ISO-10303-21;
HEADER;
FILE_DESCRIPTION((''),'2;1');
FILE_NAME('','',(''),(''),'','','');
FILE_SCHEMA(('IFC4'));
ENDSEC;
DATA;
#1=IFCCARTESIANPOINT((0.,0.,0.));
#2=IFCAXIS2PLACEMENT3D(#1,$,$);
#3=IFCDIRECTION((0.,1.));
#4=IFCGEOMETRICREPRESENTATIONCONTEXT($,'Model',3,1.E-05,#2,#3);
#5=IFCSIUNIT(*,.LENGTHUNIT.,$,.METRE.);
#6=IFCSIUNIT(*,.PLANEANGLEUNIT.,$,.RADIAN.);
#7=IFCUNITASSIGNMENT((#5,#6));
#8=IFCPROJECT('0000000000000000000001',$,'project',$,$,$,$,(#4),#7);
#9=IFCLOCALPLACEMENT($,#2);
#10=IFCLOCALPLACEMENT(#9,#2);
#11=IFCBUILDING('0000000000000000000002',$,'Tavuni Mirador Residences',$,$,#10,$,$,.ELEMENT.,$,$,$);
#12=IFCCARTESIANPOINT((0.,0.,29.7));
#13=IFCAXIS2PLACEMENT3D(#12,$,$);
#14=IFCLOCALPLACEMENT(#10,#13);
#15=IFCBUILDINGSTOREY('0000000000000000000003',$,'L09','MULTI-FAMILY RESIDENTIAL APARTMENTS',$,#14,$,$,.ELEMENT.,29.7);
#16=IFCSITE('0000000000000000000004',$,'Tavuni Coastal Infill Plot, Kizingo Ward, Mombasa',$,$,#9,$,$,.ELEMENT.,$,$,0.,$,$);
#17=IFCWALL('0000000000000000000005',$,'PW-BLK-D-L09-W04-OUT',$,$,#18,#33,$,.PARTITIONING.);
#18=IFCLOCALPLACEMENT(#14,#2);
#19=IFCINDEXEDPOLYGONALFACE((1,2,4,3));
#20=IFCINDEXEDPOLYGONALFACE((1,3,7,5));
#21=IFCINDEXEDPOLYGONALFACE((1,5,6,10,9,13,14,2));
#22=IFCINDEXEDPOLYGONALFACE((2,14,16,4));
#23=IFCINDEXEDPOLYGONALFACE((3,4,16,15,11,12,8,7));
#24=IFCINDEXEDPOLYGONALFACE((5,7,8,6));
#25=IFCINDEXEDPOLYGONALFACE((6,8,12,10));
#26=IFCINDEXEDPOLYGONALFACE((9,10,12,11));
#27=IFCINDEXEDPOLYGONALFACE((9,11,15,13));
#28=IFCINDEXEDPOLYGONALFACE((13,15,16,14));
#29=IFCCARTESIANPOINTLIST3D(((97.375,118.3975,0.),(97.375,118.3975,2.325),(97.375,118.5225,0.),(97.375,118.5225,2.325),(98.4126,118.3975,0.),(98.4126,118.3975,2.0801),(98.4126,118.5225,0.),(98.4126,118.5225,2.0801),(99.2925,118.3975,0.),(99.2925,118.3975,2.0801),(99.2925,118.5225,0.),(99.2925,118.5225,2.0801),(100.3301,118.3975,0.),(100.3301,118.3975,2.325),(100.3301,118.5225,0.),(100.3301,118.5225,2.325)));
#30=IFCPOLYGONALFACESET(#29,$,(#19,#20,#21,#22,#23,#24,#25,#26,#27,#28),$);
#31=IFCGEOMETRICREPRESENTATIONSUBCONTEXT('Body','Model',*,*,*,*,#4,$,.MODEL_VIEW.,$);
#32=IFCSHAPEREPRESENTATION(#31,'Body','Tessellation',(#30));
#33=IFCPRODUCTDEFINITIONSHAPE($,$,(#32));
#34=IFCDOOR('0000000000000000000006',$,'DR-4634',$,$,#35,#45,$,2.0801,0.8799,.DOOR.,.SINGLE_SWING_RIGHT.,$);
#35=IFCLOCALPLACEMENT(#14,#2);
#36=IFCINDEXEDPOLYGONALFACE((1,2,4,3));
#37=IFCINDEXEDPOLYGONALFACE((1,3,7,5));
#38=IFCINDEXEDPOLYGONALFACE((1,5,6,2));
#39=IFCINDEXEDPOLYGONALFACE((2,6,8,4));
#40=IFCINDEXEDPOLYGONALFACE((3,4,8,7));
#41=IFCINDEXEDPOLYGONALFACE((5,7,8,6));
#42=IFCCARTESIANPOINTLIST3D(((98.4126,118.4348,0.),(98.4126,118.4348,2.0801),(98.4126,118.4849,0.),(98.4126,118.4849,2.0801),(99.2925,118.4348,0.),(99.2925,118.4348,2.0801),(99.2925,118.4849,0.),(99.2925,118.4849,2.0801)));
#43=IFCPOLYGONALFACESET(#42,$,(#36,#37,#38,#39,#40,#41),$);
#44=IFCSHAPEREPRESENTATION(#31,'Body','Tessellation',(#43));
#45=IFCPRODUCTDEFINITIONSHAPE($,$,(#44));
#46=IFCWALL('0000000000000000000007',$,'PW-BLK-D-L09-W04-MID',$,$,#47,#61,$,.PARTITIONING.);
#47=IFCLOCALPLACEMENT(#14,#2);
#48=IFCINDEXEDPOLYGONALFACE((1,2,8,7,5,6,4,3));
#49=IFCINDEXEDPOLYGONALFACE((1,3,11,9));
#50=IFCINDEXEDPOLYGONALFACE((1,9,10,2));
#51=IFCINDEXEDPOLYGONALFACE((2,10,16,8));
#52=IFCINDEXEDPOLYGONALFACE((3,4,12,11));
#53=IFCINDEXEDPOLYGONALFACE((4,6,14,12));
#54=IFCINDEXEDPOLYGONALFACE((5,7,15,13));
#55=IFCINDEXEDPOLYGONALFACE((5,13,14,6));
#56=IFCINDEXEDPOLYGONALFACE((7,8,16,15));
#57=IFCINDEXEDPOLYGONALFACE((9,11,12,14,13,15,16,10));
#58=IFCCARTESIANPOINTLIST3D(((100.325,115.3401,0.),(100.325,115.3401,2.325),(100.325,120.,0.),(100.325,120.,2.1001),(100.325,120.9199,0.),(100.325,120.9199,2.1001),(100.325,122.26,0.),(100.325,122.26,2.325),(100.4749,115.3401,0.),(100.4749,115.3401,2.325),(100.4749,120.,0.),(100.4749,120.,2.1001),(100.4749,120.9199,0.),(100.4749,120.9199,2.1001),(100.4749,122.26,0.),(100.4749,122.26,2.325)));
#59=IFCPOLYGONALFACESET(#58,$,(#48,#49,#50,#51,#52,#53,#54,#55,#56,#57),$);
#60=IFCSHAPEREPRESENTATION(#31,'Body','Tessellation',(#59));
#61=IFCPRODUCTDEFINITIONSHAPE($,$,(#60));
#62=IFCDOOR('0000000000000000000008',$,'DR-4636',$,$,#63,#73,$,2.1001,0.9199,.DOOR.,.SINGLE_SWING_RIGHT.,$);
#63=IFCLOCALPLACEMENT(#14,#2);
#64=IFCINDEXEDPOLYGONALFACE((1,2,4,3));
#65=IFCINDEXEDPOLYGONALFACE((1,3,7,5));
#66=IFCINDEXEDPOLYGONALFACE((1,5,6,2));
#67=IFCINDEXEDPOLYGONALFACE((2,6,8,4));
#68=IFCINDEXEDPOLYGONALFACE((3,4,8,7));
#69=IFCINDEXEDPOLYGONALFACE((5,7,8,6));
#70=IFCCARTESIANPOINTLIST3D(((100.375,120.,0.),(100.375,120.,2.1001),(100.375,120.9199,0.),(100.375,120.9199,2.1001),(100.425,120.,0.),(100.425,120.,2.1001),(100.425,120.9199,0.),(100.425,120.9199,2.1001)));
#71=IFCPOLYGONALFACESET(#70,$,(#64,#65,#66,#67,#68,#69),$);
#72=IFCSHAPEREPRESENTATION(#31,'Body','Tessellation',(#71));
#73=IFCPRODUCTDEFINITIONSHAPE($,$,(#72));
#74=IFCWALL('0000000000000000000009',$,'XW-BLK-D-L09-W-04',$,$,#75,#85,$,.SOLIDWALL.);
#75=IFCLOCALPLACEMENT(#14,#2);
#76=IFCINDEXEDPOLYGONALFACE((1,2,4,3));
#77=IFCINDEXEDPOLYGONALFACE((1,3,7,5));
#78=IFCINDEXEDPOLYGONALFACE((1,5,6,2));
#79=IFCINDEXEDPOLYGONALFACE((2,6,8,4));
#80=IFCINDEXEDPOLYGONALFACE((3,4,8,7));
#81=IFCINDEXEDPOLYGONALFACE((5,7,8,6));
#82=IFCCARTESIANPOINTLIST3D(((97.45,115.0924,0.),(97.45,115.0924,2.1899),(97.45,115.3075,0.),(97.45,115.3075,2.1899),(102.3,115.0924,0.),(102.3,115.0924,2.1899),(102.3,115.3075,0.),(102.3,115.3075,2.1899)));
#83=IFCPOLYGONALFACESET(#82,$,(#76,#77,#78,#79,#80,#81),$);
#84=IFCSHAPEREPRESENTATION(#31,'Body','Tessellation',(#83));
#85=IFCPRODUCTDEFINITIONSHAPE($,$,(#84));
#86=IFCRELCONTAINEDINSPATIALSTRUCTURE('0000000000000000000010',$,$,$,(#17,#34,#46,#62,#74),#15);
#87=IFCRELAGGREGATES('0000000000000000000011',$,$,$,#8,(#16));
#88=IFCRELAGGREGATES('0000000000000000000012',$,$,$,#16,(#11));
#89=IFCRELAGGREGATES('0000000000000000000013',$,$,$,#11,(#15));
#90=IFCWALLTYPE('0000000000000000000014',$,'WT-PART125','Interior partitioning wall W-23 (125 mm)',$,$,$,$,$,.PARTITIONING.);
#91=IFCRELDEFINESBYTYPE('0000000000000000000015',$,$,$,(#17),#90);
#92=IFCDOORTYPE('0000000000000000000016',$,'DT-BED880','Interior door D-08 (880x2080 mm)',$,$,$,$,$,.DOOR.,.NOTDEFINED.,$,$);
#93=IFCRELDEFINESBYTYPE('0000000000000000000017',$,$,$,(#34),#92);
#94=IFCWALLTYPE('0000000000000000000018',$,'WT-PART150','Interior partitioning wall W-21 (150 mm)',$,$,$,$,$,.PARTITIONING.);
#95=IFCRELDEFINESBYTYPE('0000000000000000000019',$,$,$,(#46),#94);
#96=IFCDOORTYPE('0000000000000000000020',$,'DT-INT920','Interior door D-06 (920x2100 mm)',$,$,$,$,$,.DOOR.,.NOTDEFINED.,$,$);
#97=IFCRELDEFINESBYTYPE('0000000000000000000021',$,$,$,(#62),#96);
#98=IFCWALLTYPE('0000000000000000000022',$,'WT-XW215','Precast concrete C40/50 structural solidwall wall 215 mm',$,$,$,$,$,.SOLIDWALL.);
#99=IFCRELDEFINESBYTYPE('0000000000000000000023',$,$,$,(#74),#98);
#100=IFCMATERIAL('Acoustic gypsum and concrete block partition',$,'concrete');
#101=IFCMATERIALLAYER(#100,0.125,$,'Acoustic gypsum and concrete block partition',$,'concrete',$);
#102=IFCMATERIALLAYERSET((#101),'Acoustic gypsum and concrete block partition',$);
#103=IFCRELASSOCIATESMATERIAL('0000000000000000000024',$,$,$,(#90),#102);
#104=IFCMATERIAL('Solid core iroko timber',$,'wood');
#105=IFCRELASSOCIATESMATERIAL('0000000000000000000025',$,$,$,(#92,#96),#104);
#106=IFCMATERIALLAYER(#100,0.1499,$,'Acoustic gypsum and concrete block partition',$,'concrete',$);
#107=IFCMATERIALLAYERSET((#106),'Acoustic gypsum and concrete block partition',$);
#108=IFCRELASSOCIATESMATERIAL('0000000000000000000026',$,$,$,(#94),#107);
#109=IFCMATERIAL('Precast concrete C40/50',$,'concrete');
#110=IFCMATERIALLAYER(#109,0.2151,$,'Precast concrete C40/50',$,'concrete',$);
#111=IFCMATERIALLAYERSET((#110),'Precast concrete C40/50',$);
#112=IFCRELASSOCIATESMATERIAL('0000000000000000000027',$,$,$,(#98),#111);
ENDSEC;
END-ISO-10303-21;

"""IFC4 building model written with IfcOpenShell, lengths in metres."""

from ifc_helpers import new_model, si_unit, direction, frame, frame_2d, origin, place, context, subcontext, project, spatial, rectangle, extrude, material, layer, layer_set, type_object, element, fill, save


model = new_model("IFC4")

# Units and contexts
model_context = context("Model", 3, precision=1e-05, world=origin(), true_north=direction((0.0, 1.0)))
body_context = subcontext(model_context, "Body", "Model", "MODEL_VIEW")
ifc_project = project(units=[si_unit("LENGTHUNIT", "METRE"), si_unit("PLANEANGLEUNIT", "RADIAN")], contexts=[model_context])

# Site, building, storey
site_placement = place(None, origin())
site = spatial("IfcSite", under=ifc_project, at=site_placement, Name="Tavuni Coastal Infill Plot, Kizingo Ward, Mombasa", CompositionType="ELEMENT", RefElevation=0.0)
building_placement = place(site_placement, origin())
building = spatial("IfcBuilding", under=site, at=building_placement, Name="Tavuni Mirador Residences", CompositionType="ELEMENT")
storey_placement = place(building_placement, frame((0.0, 0.0, 29.7)))
storey = spatial("IfcBuildingStorey", under=building, at=storey_placement, Name="L09", Description="MULTI-FAMILY RESIDENTIAL APARTMENTS", CompositionType="ELEMENT", Elevation=29.7)

# Shared definitions
ifc_material_1 = material(Name="Precast concrete C40/50", Category="concrete")

# Shared definitions
ifc_material_2 = material(Name="Solid core iroko timber", Category="wood")

# Walls, openings, doors
ifc_material_3 = material(Name="Acoustic gypsum and concrete block partition", Category="concrete")
ifc_layer_1 = layer(ifc_material_3, 0.125, Name="Acoustic gypsum and concrete block partition", Category="concrete")
ifc_layer_set_1 = layer_set([ifc_layer_1], Name="Acoustic gypsum and concrete block partition")
wall_type_1 = type_object("IfcWallType", Name="WT-PART125", Description="Interior partitioning wall W-23 (125 mm)", PredefinedType="PARTITIONING", material=ifc_layer_set_1)
wall_1_placement = place(storey_placement, frame((97.375, 118.46, 0.0), z_axis=(0.0, 0.0, 1.0), x_axis=(1.0, 0.0, 0.0)))
wall_1 = element("IfcWall", 1, at=wall_1_placement, inside=storey, type_object=wall_type_1, Name="PW-BLK-D-L09-W04-OUT", PredefinedType="PARTITIONING", context=body_context, shape_type="SweptSolid", body=[
    extrude(rectangle(XDim=2.9551, YDim=0.125, at=frame_2d((1.4775, 0.0))), origin(), (0.0, 0.0, 1.0), 2.325),
])
opening_1_placement = place(wall_1_placement, frame((1.0376, 0.0, 0.0)))
opening_1 = element("IfcOpeningElement", 2, at=opening_1_placement, cuts=wall_1, PredefinedType="OPENING", context=body_context, shape_type="SweptSolid", body=[
    extrude(rectangle(XDim=0.8799, YDim=2.0801, at=frame_2d((0.4399, 1.04))), frame((0.0, 0.0725, 0.0), z_axis=(0.0, -1.0, 0.0), x_axis=(1.0, 0.0, 0.0)), (0.0, 0.0, 1.0), 0.145),
])
door_type_1 = type_object("IfcDoorType", Name="DT-BED880", Description="Interior door D-08 (880x2080 mm)", OperationType="NOTDEFINED", PredefinedType="DOOR", material=ifc_material_2)
door_1_placement = place(opening_1_placement, origin())
door_1 = element("IfcDoor", 3, at=door_1_placement, inside=storey, type_object=door_type_1, Name="DR-4634", OperationType="SINGLE_SWING_RIGHT", OverallHeight=2.0801, OverallWidth=0.8799, PredefinedType="DOOR", context=body_context, shape_type="SweptSolid", body=[
    extrude(rectangle(XDim=0.8799, YDim=2.0801, at=frame_2d((0.4399, 1.04))), frame((0.0, 0.0249, 0.0), z_axis=(0.0, -1.0, 0.0), x_axis=(1.0, 0.0, 0.0)), (0.0, 0.0, 1.0), 0.05),
])
fill(opening_1, door_1)
ifc_layer_2 = layer(ifc_material_3, 0.1499, Name="Acoustic gypsum and concrete block partition", Category="concrete")
ifc_layer_set_2 = layer_set([ifc_layer_2], Name="Acoustic gypsum and concrete block partition")
wall_type_2 = type_object("IfcWallType", Name="WT-PART150", Description="Interior partitioning wall W-21 (150 mm)", PredefinedType="PARTITIONING", material=ifc_layer_set_2)
wall_2_placement = place(storey_placement, frame((100.3999, 115.3401, 0.0), z_axis=(0.0, 0.0, 1.0), x_axis=(0.0, 1.0, 0.0)))
wall_2 = element("IfcWall", 4, at=wall_2_placement, inside=storey, type_object=wall_type_2, Name="PW-BLK-D-L09-W04-MID", PredefinedType="PARTITIONING", context=body_context, shape_type="SweptSolid", body=[
    extrude(rectangle(XDim=6.9199, YDim=0.1499, at=frame_2d((3.46, 0.0))), origin(), (0.0, 0.0, 1.0), 2.325),
])
opening_2_placement = place(wall_2_placement, frame((4.6599, 0.0, 0.0)))
opening_2 = element("IfcOpeningElement", 5, at=opening_2_placement, cuts=wall_2, PredefinedType="OPENING", context=body_context, shape_type="SweptSolid", body=[
    extrude(rectangle(XDim=0.9199, YDim=2.1001, at=frame_2d((0.46, 1.05))), frame((0.0, 0.085, 0.0), z_axis=(0.0, -1.0, 0.0), x_axis=(1.0, 0.0, 0.0)), (0.0, 0.0, 1.0), 0.1699),
])
door_type_2 = type_object("IfcDoorType", Name="DT-INT920", Description="Interior door D-06 (920x2100 mm)", OperationType="NOTDEFINED", PredefinedType="DOOR", material=ifc_material_2)
door_2_placement = place(opening_2_placement, origin())
door_2 = element("IfcDoor", 6, at=door_2_placement, inside=storey, type_object=door_type_2, Name="DR-4636", OperationType="SINGLE_SWING_RIGHT", OverallHeight=2.1001, OverallWidth=0.9199, PredefinedType="DOOR", context=body_context, shape_type="SweptSolid", body=[
    extrude(rectangle(XDim=0.9199, YDim=2.1001, at=frame_2d((0.46, 1.05))), frame((0.0, 0.0249, 0.0), z_axis=(0.0, -1.0, 0.0), x_axis=(1.0, 0.0, 0.0)), (0.0, 0.0, 1.0), 0.05),
])
fill(opening_2, door_2)

# Wall
ifc_layer_3 = layer(ifc_material_1, 0.2151, Name="Precast concrete C40/50", Category="concrete")
ifc_layer_set_3 = layer_set([ifc_layer_3], Name="Precast concrete C40/50")
wall_type_3 = type_object("IfcWallType", Name="WT-XW215", Description="Precast concrete C40/50 structural solidwall wall 215 mm", PredefinedType="SOLIDWALL", material=ifc_layer_set_3)
wall_3_placement = place(storey_placement, frame((97.45, 115.2, 0.0), z_axis=(0.0, 0.0, 1.0), x_axis=(1.0, 0.0, 0.0)))
element("IfcWall", 7, at=wall_3_placement, inside=storey, type_object=wall_type_3, Name="XW-BLK-D-L09-W-04", PredefinedType="SOLIDWALL", context=body_context, shape_type="SweptSolid", body=[
    extrude(rectangle(XDim=4.8501, YDim=0.2151, at=frame_2d((2.425, 0.0))), origin(), (0.0, 0.0, 1.0), 2.1899),
])

save(model, "model.ifc")
